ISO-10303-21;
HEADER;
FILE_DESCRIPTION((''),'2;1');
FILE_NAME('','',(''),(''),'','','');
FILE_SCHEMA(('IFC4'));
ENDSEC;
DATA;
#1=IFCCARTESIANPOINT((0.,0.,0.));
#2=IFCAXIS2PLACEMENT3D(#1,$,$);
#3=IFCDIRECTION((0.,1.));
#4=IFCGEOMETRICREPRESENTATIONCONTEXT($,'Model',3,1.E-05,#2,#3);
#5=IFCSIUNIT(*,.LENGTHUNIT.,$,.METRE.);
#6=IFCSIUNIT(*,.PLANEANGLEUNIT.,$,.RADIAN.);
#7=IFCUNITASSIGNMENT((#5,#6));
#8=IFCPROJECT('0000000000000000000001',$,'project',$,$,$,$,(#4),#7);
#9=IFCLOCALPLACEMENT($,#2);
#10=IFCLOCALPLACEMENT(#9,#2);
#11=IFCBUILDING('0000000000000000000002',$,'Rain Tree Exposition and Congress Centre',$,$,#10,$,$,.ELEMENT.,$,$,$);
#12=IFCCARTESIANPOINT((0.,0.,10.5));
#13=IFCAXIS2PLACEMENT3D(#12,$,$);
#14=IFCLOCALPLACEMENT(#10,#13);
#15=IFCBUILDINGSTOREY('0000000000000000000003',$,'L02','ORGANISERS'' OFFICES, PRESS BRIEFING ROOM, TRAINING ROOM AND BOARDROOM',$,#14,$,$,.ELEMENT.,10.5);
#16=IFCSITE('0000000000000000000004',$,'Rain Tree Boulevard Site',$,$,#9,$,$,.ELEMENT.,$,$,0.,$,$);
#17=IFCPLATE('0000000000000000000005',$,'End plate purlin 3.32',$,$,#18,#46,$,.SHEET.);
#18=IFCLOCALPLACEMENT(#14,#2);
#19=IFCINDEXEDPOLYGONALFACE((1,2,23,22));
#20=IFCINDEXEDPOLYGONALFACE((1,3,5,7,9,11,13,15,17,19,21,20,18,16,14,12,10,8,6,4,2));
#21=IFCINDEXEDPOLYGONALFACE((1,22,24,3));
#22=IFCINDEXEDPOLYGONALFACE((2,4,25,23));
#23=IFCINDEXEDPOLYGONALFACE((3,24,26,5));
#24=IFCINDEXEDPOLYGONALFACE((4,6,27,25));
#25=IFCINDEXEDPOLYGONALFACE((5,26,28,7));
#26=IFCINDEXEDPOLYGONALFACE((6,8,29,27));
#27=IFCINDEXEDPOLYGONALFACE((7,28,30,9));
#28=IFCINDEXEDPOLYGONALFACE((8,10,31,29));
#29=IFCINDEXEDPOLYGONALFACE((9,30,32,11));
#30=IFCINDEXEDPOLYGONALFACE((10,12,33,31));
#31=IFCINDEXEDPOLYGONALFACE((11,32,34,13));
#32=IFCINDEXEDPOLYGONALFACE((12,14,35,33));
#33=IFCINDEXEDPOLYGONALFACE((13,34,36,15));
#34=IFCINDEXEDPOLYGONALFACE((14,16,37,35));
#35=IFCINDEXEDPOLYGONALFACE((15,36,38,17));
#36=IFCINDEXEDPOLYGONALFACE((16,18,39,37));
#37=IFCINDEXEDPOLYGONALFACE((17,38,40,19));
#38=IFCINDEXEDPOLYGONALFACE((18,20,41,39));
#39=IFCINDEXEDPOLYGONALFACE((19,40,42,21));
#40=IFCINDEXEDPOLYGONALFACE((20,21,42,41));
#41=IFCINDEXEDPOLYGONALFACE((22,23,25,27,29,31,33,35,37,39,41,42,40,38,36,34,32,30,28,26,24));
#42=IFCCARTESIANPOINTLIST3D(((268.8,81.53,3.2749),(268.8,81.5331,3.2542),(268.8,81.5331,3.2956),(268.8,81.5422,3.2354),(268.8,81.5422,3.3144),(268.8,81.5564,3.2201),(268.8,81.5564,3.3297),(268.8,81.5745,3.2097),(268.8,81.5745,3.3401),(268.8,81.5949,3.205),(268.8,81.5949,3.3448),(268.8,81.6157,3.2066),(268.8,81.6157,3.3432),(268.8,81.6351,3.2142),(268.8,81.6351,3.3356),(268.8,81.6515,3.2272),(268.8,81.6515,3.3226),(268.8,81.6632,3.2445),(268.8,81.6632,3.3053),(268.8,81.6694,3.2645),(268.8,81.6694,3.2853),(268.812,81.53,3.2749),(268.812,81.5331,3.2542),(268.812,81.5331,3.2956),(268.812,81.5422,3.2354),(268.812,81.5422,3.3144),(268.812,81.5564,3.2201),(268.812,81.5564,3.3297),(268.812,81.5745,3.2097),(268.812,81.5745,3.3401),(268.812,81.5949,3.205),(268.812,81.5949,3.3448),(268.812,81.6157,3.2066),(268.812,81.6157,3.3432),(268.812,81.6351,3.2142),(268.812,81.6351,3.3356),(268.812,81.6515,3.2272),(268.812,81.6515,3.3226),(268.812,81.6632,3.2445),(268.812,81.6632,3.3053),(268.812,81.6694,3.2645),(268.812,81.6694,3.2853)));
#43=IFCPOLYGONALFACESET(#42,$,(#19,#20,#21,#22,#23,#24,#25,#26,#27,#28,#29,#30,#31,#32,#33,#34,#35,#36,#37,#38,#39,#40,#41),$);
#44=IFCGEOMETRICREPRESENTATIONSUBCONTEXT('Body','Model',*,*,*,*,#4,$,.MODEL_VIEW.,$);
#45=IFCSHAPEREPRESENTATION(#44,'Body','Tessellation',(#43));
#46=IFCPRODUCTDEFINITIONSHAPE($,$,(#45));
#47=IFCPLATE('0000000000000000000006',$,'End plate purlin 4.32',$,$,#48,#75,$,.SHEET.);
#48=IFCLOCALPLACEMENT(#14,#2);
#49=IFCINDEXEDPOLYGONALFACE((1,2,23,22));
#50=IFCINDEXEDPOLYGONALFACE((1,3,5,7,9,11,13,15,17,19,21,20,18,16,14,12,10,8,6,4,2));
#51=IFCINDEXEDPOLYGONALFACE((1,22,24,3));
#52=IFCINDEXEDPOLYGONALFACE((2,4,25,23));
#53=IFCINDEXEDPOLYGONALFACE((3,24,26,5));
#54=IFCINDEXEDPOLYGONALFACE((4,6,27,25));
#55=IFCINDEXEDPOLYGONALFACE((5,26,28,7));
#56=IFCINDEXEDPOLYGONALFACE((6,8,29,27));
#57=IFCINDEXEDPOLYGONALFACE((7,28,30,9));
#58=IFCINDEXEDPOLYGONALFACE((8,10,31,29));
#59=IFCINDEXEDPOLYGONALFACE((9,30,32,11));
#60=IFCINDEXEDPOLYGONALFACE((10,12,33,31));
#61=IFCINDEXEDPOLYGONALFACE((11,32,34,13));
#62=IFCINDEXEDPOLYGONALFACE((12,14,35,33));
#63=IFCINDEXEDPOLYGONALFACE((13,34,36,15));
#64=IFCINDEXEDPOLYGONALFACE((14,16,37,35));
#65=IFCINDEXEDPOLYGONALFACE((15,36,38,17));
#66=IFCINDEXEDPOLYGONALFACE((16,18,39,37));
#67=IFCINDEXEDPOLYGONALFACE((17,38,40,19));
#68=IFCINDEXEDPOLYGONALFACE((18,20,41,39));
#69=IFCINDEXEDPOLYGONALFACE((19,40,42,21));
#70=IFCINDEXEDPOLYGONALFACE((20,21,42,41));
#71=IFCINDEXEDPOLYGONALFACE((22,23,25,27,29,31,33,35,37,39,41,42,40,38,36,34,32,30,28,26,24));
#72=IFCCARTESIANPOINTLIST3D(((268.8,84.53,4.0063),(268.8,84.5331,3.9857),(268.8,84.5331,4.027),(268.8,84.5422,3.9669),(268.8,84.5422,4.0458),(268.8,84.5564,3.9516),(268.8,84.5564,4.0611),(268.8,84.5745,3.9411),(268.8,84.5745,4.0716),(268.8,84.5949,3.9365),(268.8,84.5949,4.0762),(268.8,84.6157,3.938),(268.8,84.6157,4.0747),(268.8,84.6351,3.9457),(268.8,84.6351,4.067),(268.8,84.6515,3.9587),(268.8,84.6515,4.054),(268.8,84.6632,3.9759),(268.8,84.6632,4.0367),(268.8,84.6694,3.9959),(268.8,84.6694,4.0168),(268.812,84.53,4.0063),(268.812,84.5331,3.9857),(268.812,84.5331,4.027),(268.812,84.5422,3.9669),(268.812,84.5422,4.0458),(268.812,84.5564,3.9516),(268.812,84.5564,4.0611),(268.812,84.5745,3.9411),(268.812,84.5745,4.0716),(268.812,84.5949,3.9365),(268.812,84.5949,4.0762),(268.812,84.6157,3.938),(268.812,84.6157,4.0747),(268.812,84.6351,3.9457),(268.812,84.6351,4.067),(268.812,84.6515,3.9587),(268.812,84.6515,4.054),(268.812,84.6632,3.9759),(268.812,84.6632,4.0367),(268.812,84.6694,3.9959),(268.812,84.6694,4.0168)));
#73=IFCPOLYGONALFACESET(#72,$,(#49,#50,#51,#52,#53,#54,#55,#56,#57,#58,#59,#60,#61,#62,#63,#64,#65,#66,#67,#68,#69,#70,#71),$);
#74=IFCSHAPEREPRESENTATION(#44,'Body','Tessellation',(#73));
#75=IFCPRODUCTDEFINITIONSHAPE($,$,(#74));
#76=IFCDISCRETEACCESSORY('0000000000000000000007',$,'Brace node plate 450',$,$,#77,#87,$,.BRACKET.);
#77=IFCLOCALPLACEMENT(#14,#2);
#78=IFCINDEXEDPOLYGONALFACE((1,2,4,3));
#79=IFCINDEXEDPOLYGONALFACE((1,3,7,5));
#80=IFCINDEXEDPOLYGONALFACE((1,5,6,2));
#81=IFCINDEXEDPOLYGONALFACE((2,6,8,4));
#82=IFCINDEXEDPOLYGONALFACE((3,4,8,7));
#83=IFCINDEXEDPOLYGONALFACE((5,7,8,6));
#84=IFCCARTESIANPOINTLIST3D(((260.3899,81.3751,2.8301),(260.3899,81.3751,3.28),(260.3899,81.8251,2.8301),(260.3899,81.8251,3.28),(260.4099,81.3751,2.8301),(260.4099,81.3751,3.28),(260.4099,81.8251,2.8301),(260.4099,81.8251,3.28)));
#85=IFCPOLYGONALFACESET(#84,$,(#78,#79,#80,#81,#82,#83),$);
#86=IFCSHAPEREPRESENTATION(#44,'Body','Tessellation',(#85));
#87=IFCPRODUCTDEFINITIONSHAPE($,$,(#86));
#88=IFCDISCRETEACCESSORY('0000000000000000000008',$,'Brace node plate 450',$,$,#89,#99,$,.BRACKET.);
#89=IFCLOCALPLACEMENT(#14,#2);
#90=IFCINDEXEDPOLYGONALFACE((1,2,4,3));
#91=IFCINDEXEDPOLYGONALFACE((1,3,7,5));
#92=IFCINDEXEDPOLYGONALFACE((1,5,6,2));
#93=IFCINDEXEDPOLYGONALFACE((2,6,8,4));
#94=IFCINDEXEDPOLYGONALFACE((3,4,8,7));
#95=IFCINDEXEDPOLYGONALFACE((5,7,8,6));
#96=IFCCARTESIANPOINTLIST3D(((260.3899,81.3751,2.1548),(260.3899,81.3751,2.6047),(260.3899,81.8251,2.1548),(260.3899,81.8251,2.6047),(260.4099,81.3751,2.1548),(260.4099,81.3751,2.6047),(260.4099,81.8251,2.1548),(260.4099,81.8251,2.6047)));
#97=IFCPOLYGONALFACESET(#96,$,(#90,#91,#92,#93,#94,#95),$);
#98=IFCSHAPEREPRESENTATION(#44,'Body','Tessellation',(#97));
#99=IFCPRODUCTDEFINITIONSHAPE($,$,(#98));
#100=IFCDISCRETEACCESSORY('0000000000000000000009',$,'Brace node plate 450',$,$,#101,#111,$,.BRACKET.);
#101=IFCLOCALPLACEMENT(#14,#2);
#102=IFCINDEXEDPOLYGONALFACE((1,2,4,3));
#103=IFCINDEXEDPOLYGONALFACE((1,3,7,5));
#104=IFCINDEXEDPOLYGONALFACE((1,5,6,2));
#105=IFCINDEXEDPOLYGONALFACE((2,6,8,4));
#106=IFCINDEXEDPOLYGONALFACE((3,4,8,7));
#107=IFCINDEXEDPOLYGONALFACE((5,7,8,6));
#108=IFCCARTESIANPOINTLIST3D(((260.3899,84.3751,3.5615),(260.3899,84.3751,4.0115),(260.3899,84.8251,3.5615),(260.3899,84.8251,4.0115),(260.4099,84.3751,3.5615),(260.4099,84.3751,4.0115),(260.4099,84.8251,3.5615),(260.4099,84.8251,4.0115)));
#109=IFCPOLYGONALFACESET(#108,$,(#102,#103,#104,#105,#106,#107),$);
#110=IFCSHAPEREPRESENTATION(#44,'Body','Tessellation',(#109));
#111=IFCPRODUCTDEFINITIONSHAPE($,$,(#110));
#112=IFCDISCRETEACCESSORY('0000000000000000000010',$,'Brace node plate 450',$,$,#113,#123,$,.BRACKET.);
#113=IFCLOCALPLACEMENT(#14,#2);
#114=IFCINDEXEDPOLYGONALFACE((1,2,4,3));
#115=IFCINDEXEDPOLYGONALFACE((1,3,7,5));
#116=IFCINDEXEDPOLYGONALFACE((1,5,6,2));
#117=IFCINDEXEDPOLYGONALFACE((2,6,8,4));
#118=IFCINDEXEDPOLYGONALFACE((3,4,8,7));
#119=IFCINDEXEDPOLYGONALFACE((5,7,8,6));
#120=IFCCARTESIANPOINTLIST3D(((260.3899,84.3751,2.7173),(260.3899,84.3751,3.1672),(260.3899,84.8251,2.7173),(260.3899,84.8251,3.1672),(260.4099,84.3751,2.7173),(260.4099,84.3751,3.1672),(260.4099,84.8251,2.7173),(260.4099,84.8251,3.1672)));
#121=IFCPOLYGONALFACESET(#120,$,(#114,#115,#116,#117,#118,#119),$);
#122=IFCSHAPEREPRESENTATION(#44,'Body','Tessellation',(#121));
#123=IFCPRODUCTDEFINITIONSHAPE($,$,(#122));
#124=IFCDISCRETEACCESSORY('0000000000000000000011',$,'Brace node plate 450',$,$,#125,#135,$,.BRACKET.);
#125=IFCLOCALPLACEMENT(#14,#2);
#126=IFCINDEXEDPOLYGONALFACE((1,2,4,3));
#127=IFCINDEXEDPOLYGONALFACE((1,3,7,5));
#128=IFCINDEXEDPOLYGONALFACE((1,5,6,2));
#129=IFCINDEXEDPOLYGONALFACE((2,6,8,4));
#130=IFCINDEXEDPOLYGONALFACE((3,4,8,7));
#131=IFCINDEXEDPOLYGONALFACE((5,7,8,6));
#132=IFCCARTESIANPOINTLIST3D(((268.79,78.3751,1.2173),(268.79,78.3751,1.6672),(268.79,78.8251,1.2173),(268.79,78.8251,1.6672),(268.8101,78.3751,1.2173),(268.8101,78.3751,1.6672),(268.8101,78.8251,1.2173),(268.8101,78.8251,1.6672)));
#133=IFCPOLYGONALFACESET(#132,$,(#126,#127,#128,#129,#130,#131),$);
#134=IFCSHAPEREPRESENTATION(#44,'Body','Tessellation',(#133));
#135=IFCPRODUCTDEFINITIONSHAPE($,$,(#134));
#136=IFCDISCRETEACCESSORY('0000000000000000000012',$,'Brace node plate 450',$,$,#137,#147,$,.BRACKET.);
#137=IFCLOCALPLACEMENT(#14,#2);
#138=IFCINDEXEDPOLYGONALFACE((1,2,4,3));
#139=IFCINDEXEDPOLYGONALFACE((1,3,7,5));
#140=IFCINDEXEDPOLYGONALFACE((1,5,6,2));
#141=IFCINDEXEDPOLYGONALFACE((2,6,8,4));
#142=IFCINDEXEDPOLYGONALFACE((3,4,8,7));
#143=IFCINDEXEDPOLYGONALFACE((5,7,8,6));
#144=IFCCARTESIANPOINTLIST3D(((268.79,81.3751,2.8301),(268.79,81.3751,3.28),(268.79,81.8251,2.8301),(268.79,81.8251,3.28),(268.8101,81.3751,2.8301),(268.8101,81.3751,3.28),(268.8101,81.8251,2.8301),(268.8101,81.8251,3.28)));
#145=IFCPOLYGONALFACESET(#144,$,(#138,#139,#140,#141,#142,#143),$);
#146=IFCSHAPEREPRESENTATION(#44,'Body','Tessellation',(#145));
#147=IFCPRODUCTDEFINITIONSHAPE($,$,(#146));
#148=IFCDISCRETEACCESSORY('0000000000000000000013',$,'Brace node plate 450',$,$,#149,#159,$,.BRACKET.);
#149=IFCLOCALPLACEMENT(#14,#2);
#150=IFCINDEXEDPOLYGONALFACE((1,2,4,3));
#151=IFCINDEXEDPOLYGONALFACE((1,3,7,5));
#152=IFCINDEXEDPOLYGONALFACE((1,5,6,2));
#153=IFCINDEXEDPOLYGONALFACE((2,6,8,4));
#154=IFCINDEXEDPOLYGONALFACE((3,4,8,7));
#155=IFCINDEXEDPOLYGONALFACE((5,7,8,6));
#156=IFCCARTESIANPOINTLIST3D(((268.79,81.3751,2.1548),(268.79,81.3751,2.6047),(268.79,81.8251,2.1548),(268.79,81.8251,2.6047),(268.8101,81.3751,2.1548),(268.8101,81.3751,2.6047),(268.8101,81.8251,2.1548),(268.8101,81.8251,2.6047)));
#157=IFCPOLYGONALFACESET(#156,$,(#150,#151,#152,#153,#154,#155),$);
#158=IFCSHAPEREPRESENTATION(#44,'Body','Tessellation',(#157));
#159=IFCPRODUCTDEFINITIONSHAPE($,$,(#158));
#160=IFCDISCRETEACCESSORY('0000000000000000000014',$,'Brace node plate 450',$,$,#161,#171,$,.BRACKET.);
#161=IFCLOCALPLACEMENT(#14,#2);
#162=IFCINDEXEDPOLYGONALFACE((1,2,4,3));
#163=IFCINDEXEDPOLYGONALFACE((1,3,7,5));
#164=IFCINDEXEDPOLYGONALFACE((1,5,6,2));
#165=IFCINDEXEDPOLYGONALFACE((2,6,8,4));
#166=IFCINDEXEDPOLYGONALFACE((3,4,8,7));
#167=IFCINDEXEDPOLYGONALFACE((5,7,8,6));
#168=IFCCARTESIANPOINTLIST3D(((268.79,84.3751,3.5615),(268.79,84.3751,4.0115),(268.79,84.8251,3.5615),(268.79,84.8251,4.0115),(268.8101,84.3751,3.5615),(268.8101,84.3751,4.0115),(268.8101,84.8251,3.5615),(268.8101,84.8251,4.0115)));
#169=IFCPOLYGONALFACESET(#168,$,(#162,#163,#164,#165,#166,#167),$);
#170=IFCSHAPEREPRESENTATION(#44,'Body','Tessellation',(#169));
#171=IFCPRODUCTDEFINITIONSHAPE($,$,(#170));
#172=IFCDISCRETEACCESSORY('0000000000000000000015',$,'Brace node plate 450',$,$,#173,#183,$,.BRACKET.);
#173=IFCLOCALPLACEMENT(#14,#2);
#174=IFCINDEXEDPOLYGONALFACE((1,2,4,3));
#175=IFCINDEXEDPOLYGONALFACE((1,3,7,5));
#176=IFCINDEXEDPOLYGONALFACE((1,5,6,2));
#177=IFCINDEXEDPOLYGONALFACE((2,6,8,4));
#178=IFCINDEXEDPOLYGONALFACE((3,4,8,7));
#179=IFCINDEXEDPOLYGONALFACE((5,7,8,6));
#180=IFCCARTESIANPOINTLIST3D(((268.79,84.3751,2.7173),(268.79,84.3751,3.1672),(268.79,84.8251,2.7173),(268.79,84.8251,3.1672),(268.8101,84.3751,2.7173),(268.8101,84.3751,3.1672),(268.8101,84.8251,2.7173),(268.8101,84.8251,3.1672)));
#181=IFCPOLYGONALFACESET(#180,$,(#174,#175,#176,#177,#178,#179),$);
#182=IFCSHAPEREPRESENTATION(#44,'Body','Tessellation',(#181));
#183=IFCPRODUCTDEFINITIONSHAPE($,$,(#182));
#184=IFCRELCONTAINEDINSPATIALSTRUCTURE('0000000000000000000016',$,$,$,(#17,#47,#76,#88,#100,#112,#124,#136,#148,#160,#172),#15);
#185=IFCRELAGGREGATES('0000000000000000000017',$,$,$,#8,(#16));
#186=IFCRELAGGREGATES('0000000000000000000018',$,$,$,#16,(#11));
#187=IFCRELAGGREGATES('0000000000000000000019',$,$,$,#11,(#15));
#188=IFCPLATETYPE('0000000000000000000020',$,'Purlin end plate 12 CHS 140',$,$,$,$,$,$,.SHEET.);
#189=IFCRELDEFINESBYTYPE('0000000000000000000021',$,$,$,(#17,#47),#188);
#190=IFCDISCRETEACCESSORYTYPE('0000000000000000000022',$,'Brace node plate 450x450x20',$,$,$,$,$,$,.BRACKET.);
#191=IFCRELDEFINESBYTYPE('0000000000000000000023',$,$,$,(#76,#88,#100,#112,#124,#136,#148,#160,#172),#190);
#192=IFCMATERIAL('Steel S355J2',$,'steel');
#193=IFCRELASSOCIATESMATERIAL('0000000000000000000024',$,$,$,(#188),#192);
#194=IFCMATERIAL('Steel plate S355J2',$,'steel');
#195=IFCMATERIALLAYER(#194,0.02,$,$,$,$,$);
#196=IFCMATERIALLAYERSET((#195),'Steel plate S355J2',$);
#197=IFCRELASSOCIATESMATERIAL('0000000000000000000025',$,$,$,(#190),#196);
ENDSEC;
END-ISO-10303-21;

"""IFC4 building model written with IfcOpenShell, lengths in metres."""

from ifc_helpers import new_model, si_unit, direction, frame, origin, origin_2d, place, context, subcontext, project, spatial, rectangle, circle, extrude, material, layer, layer_set, material_profile, profile_set, type_object, element, save


model = new_model("IFC4")

# Units and contexts
model_context = context("Model", 3, precision=1e-05, world=origin(), true_north=direction((0.0, 1.0)))
body_context = subcontext(model_context, "Body", "Model", "MODEL_VIEW")
ifc_project = project(units=[si_unit("LENGTHUNIT", "METRE"), si_unit("PLANEANGLEUNIT", "RADIAN")], contexts=[model_context])

# Site, building, storey
site_placement = place(None, origin())
site = spatial("IfcSite", under=ifc_project, at=site_placement, Name="Rain Tree Boulevard Site", CompositionType="ELEMENT", RefElevation=0.0)
building_placement = place(site_placement, origin())
building = spatial("IfcBuilding", under=site, at=building_placement, Name="Rain Tree Exposition and Congress Centre", CompositionType="ELEMENT")
storey_placement = place(building_placement, frame((0.0, 0.0, 10.5)))
storey = spatial("IfcBuildingStorey", under=building, at=storey_placement, Name="L02", Description="ORGANISERS' OFFICES, PRESS BRIEFING ROOM, TRAINING ROOM AND BOARDROOM", CompositionType="ELEMENT", Elevation=10.5)

# Plates
ifc_material_1 = material(Name="Steel S355J2", Category="steel")
ifc_material_profile_1 = material_profile(ifc_material_1, circle(Radius=0.0701, at=origin_2d()), Name="CIRCLE 140")
ifc_profile_set_1 = profile_set([ifc_material_profile_1], Name="Steel S355J2")
plate_type = type_object("IfcPlateType", Name="Purlin end plate 12 CHS 140", PredefinedType="SHEET", material=ifc_profile_set_1)
for number, where, z_axis, x_axis, name in (
    (1, (268.812, 81.6001, 3.2749), (-1.0, 0.0, 0.0), (0.0, -1.0, 0.0), "End plate purlin 3.32"),
    (2, (268.812, 84.6001, 4.0063), (-1.0, 0.0, 0.0), (0.0, -1.0, 0.0), "End plate purlin 4.32"),
):
    element("IfcPlate", number, at=place(storey_placement, frame(where, z_axis=z_axis, x_axis=x_axis)), inside=storey, type_object=plate_type, Name=name, PredefinedType="SHEET", context=body_context, shape_type="SweptSolid", body=[
        extrude(circle(Radius=0.0701, at=origin_2d()), origin(), (0.0, 0.0, 1.0), 0.012),
    ])

# Discrete accessories
ifc_material_2 = material(Name="Steel plate S355J2", Category="steel")
ifc_layer = layer(ifc_material_2, 0.02)
ifc_layer_set = layer_set([ifc_layer], Name="Steel plate S355J2")
discrete_accessory_type = type_object("IfcDiscreteAccessoryType", Name="Brace node plate 450x450x20", PredefinedType="BRACKET", material=ifc_layer_set)
for number, where, z_axis, x_axis, name in (
    (3, (260.3999, 81.6001, 2.8301), (0.0, 0.0, 1.0), (0.0, -1.0, 0.0), "Brace node plate 450"),
    (4, (260.3999, 81.6001, 2.1548), (0.0, 0.0, 1.0), (0.0, 1.0, 0.0), "Brace node plate 450"),
    (5, (260.3999, 84.6001, 3.5615), (0.0, 0.0, 1.0), (0.0, -1.0, 0.0), "Brace node plate 450"),
    (6, (260.3999, 84.6001, 2.7173), (0.0, 0.0, 1.0), (0.0, 1.0, 0.0), "Brace node plate 450"),
    (7, (268.8, 78.6001, 1.2173), (0.0, 0.0, 1.0), (0.0, 1.0, 0.0), "Brace node plate 450"),
    (8, (268.8, 81.6001, 2.8301), (0.0, 0.0, 1.0), (0.0, -1.0, 0.0), "Brace node plate 450"),
    (9, (268.8, 81.6001, 2.1548), (0.0, 0.0, 1.0), (0.0, 1.0, 0.0), "Brace node plate 450"),
    (10, (268.8, 84.6001, 3.5615), (0.0, 0.0, 1.0), (0.0, -1.0, 0.0), "Brace node plate 450"),
    (11, (268.8, 84.6001, 2.7173), (0.0, 0.0, 1.0), (0.0, 1.0, 0.0), "Brace node plate 450"),
):
    element("IfcDiscreteAccessory", number, at=place(storey_placement, frame(where, z_axis=z_axis, x_axis=x_axis)), inside=storey, type_object=discrete_accessory_type, Name=name, PredefinedType="BRACKET", context=body_context, shape_type="SweptSolid", body=[
        extrude(rectangle(XDim=0.45, YDim=0.02, at=origin_2d()), origin(), (0.0, 0.0, 1.0), 0.45),
    ])

save(model, "model.ifc")
